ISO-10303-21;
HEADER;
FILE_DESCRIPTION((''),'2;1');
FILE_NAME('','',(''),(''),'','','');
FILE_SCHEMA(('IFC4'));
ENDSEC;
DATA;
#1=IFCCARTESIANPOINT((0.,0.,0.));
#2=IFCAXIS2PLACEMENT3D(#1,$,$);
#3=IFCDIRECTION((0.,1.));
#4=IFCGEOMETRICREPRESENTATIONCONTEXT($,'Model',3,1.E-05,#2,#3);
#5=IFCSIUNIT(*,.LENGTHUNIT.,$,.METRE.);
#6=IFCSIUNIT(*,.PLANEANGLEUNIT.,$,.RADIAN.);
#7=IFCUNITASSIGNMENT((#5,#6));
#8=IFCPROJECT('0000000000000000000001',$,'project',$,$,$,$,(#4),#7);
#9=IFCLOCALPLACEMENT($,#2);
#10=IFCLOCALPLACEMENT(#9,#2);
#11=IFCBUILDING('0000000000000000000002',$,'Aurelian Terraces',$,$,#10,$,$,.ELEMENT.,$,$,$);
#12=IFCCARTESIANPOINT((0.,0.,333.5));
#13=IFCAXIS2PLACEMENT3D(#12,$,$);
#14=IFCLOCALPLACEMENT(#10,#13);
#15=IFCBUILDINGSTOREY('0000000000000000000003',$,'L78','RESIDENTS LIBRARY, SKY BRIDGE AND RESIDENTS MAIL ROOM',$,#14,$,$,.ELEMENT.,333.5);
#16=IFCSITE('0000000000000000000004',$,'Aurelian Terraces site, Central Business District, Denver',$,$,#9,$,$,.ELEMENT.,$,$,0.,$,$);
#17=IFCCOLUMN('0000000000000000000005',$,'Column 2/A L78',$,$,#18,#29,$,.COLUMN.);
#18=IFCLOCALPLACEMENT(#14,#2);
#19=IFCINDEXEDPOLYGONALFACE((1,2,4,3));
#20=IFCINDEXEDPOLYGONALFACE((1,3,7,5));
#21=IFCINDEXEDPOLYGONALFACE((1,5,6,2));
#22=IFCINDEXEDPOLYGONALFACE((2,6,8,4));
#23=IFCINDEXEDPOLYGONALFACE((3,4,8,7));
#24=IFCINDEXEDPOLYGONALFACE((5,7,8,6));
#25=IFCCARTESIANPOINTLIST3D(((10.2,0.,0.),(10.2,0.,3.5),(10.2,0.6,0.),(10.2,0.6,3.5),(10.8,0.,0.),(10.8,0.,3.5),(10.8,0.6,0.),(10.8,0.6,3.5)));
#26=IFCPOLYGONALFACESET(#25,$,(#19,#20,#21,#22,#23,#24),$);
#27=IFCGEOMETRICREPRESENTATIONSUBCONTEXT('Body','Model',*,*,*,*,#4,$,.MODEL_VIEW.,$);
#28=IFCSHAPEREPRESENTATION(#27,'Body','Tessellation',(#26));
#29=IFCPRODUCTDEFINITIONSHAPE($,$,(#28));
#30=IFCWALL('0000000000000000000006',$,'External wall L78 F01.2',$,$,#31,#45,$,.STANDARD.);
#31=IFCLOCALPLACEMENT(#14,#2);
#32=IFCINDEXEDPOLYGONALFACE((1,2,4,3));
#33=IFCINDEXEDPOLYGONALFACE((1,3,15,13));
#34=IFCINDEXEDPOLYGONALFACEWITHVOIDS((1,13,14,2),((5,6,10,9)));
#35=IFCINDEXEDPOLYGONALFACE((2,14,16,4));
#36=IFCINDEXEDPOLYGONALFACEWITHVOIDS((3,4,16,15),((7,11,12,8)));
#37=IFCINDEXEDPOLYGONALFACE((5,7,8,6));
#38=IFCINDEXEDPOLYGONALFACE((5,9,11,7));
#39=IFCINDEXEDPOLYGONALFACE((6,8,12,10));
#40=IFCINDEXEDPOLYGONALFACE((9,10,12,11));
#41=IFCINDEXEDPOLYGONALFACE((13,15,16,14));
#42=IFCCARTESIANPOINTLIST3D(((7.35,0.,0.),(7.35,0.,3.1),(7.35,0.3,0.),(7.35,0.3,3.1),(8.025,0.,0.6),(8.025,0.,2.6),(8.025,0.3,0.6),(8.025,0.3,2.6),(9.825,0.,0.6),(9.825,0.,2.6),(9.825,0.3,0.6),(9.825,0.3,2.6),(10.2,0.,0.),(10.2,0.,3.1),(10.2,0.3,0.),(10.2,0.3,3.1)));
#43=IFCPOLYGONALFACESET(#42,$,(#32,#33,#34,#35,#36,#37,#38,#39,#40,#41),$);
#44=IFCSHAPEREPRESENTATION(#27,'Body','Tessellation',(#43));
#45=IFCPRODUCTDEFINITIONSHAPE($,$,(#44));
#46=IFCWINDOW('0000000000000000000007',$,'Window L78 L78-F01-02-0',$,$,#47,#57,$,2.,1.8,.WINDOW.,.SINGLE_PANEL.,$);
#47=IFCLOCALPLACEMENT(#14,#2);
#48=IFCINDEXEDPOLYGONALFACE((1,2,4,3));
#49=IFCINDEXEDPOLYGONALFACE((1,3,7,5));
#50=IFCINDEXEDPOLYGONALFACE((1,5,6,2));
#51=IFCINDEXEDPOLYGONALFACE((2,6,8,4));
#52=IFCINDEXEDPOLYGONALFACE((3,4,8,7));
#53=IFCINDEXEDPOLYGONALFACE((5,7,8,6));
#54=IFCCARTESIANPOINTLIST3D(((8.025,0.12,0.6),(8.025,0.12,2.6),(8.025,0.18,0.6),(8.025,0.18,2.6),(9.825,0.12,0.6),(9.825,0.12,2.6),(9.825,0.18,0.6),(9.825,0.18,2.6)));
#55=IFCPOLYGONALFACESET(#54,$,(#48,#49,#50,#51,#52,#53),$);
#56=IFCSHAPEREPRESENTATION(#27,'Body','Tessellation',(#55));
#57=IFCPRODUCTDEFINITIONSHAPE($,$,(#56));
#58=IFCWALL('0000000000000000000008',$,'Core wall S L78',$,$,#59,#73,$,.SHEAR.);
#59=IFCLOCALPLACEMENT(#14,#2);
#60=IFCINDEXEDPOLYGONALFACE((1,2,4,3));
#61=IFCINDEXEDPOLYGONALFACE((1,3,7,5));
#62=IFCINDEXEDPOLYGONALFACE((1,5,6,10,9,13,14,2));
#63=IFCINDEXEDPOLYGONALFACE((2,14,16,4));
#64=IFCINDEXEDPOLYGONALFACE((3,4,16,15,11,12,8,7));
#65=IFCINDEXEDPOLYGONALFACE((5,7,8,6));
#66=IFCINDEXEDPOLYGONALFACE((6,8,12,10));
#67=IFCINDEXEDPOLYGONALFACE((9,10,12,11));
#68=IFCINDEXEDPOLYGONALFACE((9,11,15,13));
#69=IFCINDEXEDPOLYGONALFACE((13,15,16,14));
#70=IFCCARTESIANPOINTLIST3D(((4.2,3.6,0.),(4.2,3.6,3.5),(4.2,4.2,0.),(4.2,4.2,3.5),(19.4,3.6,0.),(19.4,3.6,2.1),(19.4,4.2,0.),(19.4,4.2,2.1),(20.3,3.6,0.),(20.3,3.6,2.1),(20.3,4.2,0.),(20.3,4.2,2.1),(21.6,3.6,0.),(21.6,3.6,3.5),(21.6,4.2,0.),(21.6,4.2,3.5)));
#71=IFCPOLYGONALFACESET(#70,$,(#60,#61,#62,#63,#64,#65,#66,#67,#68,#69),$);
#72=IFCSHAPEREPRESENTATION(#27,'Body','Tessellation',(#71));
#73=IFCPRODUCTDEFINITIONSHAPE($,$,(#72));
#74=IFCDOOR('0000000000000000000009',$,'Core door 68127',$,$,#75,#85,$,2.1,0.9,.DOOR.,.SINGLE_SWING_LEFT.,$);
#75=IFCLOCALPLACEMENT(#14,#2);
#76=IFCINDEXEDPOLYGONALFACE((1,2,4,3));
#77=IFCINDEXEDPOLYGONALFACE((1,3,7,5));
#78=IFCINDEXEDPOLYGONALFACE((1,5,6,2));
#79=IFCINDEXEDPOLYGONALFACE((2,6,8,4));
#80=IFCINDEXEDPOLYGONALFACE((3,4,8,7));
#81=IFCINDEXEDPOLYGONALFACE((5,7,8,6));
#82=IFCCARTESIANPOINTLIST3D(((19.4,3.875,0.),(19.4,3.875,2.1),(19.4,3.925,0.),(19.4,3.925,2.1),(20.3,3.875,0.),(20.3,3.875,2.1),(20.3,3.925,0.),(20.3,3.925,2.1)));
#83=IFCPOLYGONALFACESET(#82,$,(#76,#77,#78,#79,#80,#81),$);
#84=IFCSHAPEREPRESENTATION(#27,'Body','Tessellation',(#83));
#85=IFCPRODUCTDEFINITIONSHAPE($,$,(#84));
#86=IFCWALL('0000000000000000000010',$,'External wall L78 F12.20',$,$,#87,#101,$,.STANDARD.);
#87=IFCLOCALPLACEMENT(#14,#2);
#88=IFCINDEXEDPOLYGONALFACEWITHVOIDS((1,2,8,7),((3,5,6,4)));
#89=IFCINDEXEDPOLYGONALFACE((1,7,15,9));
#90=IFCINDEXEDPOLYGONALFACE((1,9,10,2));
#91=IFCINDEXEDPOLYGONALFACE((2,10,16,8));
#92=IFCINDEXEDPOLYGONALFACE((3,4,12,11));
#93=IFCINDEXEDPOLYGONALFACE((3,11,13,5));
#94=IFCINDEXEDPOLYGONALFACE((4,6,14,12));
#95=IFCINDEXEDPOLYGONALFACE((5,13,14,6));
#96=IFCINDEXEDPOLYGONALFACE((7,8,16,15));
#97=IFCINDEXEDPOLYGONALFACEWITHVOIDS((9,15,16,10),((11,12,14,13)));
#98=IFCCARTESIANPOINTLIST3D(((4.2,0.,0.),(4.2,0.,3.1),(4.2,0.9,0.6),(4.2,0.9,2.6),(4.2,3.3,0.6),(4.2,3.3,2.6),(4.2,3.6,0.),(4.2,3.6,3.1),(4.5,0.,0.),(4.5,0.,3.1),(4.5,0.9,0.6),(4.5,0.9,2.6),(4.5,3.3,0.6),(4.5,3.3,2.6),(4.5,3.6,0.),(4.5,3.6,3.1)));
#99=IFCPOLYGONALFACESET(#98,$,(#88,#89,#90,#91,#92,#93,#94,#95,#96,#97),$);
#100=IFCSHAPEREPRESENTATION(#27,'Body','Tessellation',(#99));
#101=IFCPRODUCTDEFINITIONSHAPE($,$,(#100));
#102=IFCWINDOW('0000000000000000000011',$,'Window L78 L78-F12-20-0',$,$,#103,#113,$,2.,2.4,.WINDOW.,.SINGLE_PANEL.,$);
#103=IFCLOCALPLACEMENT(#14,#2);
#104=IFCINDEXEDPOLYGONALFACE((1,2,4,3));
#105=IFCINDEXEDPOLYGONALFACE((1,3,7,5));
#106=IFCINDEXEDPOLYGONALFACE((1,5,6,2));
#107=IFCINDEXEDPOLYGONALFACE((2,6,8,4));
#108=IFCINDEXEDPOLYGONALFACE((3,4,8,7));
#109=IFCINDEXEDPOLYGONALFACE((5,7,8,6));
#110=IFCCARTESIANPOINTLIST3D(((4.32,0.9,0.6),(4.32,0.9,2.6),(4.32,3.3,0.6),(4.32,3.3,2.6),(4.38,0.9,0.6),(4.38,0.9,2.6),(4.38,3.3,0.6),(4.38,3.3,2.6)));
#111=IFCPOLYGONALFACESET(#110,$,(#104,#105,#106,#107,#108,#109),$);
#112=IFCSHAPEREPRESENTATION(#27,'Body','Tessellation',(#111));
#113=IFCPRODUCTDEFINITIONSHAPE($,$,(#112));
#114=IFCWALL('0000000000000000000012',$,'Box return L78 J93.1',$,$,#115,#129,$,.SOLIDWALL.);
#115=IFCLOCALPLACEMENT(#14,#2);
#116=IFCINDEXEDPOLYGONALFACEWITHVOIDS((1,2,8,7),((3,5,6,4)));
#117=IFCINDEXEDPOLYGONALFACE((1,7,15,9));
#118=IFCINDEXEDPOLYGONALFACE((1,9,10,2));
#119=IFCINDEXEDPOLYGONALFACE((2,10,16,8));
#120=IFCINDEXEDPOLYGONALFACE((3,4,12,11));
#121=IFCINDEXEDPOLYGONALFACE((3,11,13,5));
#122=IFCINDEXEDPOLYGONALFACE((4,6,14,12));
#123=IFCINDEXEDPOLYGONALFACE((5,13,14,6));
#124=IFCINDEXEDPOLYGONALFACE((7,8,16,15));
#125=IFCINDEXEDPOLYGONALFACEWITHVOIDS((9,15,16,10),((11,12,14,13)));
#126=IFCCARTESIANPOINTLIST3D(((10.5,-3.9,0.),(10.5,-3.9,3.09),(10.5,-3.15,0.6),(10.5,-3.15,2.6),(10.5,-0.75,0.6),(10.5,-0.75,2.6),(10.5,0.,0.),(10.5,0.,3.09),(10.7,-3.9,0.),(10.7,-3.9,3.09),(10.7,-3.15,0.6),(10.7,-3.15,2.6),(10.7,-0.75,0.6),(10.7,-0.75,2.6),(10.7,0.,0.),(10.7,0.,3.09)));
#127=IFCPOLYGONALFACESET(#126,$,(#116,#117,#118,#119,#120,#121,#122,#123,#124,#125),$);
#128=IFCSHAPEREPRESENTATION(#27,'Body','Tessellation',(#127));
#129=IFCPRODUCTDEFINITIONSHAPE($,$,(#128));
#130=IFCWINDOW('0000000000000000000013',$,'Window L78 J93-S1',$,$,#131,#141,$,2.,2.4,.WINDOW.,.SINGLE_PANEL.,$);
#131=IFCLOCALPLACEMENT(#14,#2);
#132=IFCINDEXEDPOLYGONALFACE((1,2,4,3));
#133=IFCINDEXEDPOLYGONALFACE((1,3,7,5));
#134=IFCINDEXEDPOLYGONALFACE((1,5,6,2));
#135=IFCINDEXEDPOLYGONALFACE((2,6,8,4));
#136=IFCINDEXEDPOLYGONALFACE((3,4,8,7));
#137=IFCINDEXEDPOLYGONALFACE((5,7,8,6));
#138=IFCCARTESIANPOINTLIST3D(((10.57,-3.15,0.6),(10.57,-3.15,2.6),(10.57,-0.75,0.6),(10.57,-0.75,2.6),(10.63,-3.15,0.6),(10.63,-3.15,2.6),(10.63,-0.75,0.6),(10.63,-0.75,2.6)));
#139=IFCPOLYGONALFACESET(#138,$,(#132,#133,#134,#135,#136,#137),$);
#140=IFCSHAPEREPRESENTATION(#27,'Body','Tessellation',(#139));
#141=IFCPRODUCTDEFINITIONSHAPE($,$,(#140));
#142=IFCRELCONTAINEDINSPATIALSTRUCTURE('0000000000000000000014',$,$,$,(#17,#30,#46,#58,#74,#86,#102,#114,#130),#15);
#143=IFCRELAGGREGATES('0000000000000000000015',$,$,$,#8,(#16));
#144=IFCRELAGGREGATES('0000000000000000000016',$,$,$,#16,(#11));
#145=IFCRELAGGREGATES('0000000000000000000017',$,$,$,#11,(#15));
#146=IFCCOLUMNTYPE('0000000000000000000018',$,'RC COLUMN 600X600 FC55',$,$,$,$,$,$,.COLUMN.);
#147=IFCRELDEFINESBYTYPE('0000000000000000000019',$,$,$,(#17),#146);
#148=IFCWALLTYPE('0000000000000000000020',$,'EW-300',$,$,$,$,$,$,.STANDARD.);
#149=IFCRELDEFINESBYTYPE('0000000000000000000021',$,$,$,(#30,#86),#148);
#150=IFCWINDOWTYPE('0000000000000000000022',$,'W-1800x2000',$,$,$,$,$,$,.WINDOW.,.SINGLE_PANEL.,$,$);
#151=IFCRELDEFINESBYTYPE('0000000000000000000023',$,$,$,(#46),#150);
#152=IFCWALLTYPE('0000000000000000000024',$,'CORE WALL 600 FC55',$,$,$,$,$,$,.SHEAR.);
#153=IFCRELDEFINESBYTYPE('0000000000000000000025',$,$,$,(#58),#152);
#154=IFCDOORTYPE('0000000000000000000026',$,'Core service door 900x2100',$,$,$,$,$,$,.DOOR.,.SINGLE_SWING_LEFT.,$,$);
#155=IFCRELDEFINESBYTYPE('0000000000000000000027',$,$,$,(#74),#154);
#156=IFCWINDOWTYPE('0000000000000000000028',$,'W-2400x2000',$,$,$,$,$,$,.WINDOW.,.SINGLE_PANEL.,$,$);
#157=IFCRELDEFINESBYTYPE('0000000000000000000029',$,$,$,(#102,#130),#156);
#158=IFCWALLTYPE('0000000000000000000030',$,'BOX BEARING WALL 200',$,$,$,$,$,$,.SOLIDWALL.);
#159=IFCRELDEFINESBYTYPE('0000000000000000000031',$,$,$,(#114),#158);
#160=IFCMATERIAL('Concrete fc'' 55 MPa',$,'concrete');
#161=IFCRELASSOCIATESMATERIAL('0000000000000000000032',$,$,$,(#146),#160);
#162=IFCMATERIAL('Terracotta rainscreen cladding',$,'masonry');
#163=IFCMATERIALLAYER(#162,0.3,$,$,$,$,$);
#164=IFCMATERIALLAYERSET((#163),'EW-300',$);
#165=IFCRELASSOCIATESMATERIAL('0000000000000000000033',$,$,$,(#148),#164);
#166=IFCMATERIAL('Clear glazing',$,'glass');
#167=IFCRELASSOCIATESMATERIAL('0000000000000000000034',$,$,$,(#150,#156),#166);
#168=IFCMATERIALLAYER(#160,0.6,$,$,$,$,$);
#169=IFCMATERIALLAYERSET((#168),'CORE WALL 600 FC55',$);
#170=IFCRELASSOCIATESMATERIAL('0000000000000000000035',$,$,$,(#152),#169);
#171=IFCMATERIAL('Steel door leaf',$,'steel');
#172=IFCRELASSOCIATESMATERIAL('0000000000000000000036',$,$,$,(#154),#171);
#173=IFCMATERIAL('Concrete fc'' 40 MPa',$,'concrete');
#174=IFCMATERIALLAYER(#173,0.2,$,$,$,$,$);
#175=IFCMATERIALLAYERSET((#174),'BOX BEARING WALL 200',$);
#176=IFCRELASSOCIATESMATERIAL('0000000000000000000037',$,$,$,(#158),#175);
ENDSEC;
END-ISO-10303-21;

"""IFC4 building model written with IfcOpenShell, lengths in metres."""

from ifc_helpers import new_model, si_unit, direction, frame, frame_2d, origin, origin_2d, place, context, subcontext, project, spatial, rectangle, extrude, source, transform, mapped, material, layer, layer_set, material_profile, profile_set, type_object, element, fill, save


model = new_model("IFC4")

# Units and contexts
model_context = context("Model", 3, precision=1e-05, world=origin(), true_north=direction((0.0, 1.0)))
body_context = subcontext(model_context, "Body", "Model", "MODEL_VIEW")
ifc_project = project(units=[si_unit("LENGTHUNIT", "METRE"), si_unit("PLANEANGLEUNIT", "RADIAN")], contexts=[model_context])

# Site, building, storey
site_placement = place(None, origin())
site = spatial("IfcSite", under=ifc_project, at=site_placement, Name="Aurelian Terraces site, Central Business District, Denver", CompositionType="ELEMENT", RefElevation=0.0)
building_placement = place(site_placement, origin())
building = spatial("IfcBuilding", under=site, at=building_placement, Name="Aurelian Terraces", CompositionType="ELEMENT")
storey_placement = place(building_placement, frame((0.0, 0.0, 333.5)))
storey = spatial("IfcBuildingStorey", under=building, at=storey_placement, Name="L78", Description="RESIDENTS LIBRARY, SKY BRIDGE AND RESIDENTS MAIL ROOM", CompositionType="ELEMENT", Elevation=333.5)

# Column
ifc_material_1 = material(Name="Concrete fc' 55 MPa", Category="concrete")
ifc_material_profile = material_profile(ifc_material_1, rectangle(XDim=0.6, YDim=0.6, at=origin_2d()))
ifc_profile_set = profile_set([ifc_material_profile], Name="Concrete fc' 55 MPa")
column_type = type_object("IfcColumnType", Name="RC COLUMN 600X600 FC55", PredefinedType="COLUMN", material=ifc_profile_set)
shared_shape_1 = source(origin(), body_context, "Body", "SweptSolid", [
    extrude(rectangle(XDim=0.6, YDim=0.6, at=origin_2d()), origin(), (0.0, 0.0, 1.0), 3.5),
])
column_placement = place(storey_placement, frame((10.5, 0.3, 0.0), z_axis=(0.0, 0.0, 1.0), x_axis=(1.0, 0.0, 0.0)))
element("IfcColumn", 1, at=column_placement, inside=storey, type_object=column_type, Name="Column 2/A L78", PredefinedType="COLUMN", context=body_context, shape_type="MappedRepresentation", body=[
    mapped(shared_shape_1, transform((0.0, 0.0, 0.0), scale=1.0)),
])

# Wall, opening, window
ifc_material_2 = material(Name="Terracotta rainscreen cladding", Category="masonry")
ifc_layer_1 = layer(ifc_material_2, 0.3)
ifc_layer_set_1 = layer_set([ifc_layer_1], Name="EW-300")
wall_type_1 = type_object("IfcWallType", Name="EW-300", PredefinedType="STANDARD", material=ifc_layer_set_1)
wall_1_placement = place(storey_placement, frame((7.35, 0.15, 0.0), z_axis=(0.0, 0.0, 1.0), x_axis=(1.0, 0.0, 0.0)))
wall_1 = element("IfcWall", 2, at=wall_1_placement, inside=storey, type_object=wall_type_1, Name="External wall L78 F01.2", PredefinedType="STANDARD", context=body_context, shape_type="SweptSolid", body=[
    extrude(rectangle(XDim=2.85, YDim=0.3, at=frame_2d((1.425, 0.0))), origin(), (0.0, 0.0, 1.0), 3.1),
])
shared_shape_2 = source(origin(), body_context, "Body", "SweptSolid", [
    extrude(rectangle(XDim=1.8, YDim=2.0, at=frame_2d((0.9, 1.0))), frame((0.0, 0.16, 0.0), z_axis=(0.0, -1.0, 0.0), x_axis=(1.0, 0.0, 0.0)), (0.0, 0.0, 1.0), 0.32),
])
opening_1_placement = place(wall_1_placement, frame((0.675, 0.0, 0.6)))
opening_1 = element("IfcOpeningElement", 3, at=opening_1_placement, cuts=wall_1, PredefinedType="OPENING", context=body_context, shape_type="MappedRepresentation", body=[
    mapped(shared_shape_2, transform((0.0, 0.0, 0.0), scale=1.0)),
])
ifc_material_3 = material(Name="Clear glazing", Category="glass")
window_type_1 = type_object("IfcWindowType", Name="W-1800x2000", PartitioningType="SINGLE_PANEL", PredefinedType="WINDOW", material=ifc_material_3)
shared_shape_3 = source(origin(), body_context, "Body", "SweptSolid", [
    extrude(rectangle(XDim=1.8, YDim=2.0, at=frame_2d((0.9, 1.0))), frame((0.0, 0.03, 0.0), z_axis=(0.0, -1.0, 0.0), x_axis=(1.0, 0.0, 0.0)), (0.0, 0.0, 1.0), 0.06),
])
window_1_placement = place(opening_1_placement, origin())
window_1 = element("IfcWindow", 4, at=window_1_placement, inside=storey, type_object=window_type_1, Name="Window L78 L78-F01-02-0", OverallHeight=2.0, OverallWidth=1.8, PartitioningType="SINGLE_PANEL", PredefinedType="WINDOW", context=body_context, shape_type="MappedRepresentation", body=[
    mapped(shared_shape_3, transform((0.0, 0.0, 0.0), scale=1.0)),
])
fill(opening_1, window_1)

# Wall, opening, door
ifc_layer_2 = layer(ifc_material_1, 0.6)
ifc_layer_set_2 = layer_set([ifc_layer_2], Name="CORE WALL 600 FC55")
wall_type_2 = type_object("IfcWallType", Name="CORE WALL 600 FC55", PredefinedType="SHEAR", material=ifc_layer_set_2)
shared_shape_4 = source(origin(), body_context, "Body", "SweptSolid", [
    extrude(rectangle(XDim=17.4, YDim=0.6, at=frame_2d((8.7, 0.0))), origin(), (0.0, 0.0, 1.0), 3.5),
])
wall_2_placement = place(storey_placement, frame((4.2, 3.9, 0.0), z_axis=(0.0, 0.0, 1.0), x_axis=(1.0, 0.0, 0.0)))
wall_2 = element("IfcWall", 5, at=wall_2_placement, inside=storey, type_object=wall_type_2, Name="Core wall S L78", PredefinedType="SHEAR", context=body_context, shape_type="MappedRepresentation", body=[
    mapped(shared_shape_4, transform((0.0, 0.0, 0.0), scale=1.0)),
])
shared_shape_5 = source(origin(), body_context, "Body", "SweptSolid", [
    extrude(rectangle(XDim=0.9, YDim=2.1, at=frame_2d((0.45, 1.05))), frame((0.0, 0.31, 0.0), z_axis=(0.0, -1.0, 0.0), x_axis=(1.0, 0.0, 0.0)), (0.0, 0.0, 1.0), 0.62),
])
opening_2_placement = place(wall_2_placement, frame((15.2, 0.0, 0.0)))
opening_2 = element("IfcOpeningElement", 6, at=opening_2_placement, cuts=wall_2, PredefinedType="OPENING", context=body_context, shape_type="MappedRepresentation", body=[
    mapped(shared_shape_5, transform((0.0, 0.0, 0.0), scale=1.0)),
])
ifc_material_4 = material(Name="Steel door leaf", Category="steel")
door_type_1 = type_object("IfcDoorType", Name="Core service door 900x2100", OperationType="SINGLE_SWING_LEFT", PredefinedType="DOOR", material=ifc_material_4)
shared_shape_6 = source(origin(), body_context, "Body", "SweptSolid", [
    extrude(rectangle(XDim=0.9, YDim=2.1, at=frame_2d((0.45, 1.05))), frame((0.0, 0.025, 0.0), z_axis=(0.0, -1.0, 0.0), x_axis=(1.0, 0.0, 0.0)), (0.0, 0.0, 1.0), 0.05),
])
door_1_placement = place(opening_2_placement, origin())
door_1 = element("IfcDoor", 7, at=door_1_placement, inside=storey, type_object=door_type_1, Name="Core door 68127", OperationType="SINGLE_SWING_LEFT", OverallHeight=2.1, OverallWidth=0.9, PredefinedType="DOOR", context=body_context, shape_type="MappedRepresentation", body=[
    mapped(shared_shape_6, transform((0.0, 0.0, 0.0), scale=1.0)),
])
fill(opening_2, door_1)

# Walls, openings, windows
shared_shape_7 = source(origin(), body_context, "Body", "SweptSolid", [
    extrude(rectangle(XDim=3.6, YDim=0.3, at=frame_2d((1.8, 0.0))), origin(), (0.0, 0.0, 1.0), 3.1),
])
wall_3_placement = place(storey_placement, frame((4.35, 3.6, 0.0), z_axis=(0.0, 0.0, 1.0), x_axis=(0.0, -1.0, 0.0)))
wall_3 = element("IfcWall", 8, at=wall_3_placement, inside=storey, type_object=wall_type_1, Name="External wall L78 F12.20", PredefinedType="STANDARD", context=body_context, shape_type="MappedRepresentation", body=[
    mapped(shared_shape_7, transform((0.0, 0.0, 0.0), scale=1.0)),
])
shared_shape_8 = source(origin(), body_context, "Body", "SweptSolid", [
    extrude(rectangle(XDim=2.4, YDim=2.0, at=frame_2d((1.2, 1.0))), frame((0.0, 0.16, 0.0), z_axis=(0.0, -1.0, 0.0), x_axis=(1.0, 0.0, 0.0)), (0.0, 0.0, 1.0), 0.32),
])
opening_3_placement = place(wall_3_placement, frame((0.3, 0.0, 0.6)))
opening_3 = element("IfcOpeningElement", 9, at=opening_3_placement, cuts=wall_3, PredefinedType="OPENING", context=body_context, shape_type="MappedRepresentation", body=[
    mapped(shared_shape_8, transform((0.0, 0.0, 0.0), scale=1.0)),
])
window_type_2 = type_object("IfcWindowType", Name="W-2400x2000", PartitioningType="SINGLE_PANEL", PredefinedType="WINDOW", material=ifc_material_3)
shared_shape_9 = source(origin(), body_context, "Body", "SweptSolid", [
    extrude(rectangle(XDim=2.4, YDim=2.0, at=frame_2d((1.2, 1.0))), frame((0.0, 0.03, 0.0), z_axis=(0.0, -1.0, 0.0), x_axis=(1.0, 0.0, 0.0)), (0.0, 0.0, 1.0), 0.06),
])
window_2_placement = place(opening_3_placement, origin())
window_2 = element("IfcWindow", 10, at=window_2_placement, inside=storey, type_object=window_type_2, Name="Window L78 L78-F12-20-0", OverallHeight=2.0, OverallWidth=2.4, PartitioningType="SINGLE_PANEL", PredefinedType="WINDOW", context=body_context, shape_type="MappedRepresentation", body=[
    mapped(shared_shape_9, transform((0.0, 0.0, 0.0), scale=1.0)),
])
fill(opening_3, window_2)
ifc_material_5 = material(Name="Concrete fc' 40 MPa", Category="concrete")
ifc_layer_3 = layer(ifc_material_5, 0.2)
ifc_layer_set_3 = layer_set([ifc_layer_3], Name="BOX BEARING WALL 200")
wall_type_3 = type_object("IfcWallType", Name="BOX BEARING WALL 200", PredefinedType="SOLIDWALL", material=ifc_layer_set_3)
shared_shape_10 = source(origin(), body_context, "Body", "SweptSolid", [
    extrude(rectangle(XDim=3.9, YDim=0.2, at=frame_2d((1.95, 0.0))), origin(), (0.0, 0.0, 1.0), 3.09),
])
wall_4_placement = place(storey_placement, frame((10.6, 0.0, 0.0), z_axis=(0.0, 0.0, 1.0), x_axis=(0.0, -1.0, 0.0)))
wall_4 = element("IfcWall", 11, at=wall_4_placement, inside=storey, type_object=wall_type_3, Name="Box return L78 J93.1", PredefinedType="SOLIDWALL", context=body_context, shape_type="MappedRepresentation", body=[
    mapped(shared_shape_10, transform((0.0, 0.0, 0.0), scale=1.0)),
])
shared_shape_11 = source(origin(), body_context, "Body", "SweptSolid", [
    extrude(rectangle(XDim=2.4, YDim=2.0, at=frame_2d((1.2, 1.0))), frame((0.0, 0.11, 0.0), z_axis=(0.0, -1.0, 0.0), x_axis=(1.0, 0.0, 0.0)), (0.0, 0.0, 1.0), 0.22),
])
opening_4_placement = place(wall_4_placement, frame((0.75, 0.0, 0.6)))
opening_4 = element("IfcOpeningElement", 12, at=opening_4_placement, cuts=wall_4, PredefinedType="OPENING", context=body_context, shape_type="MappedRepresentation", body=[
    mapped(shared_shape_11, transform((0.0, 0.0, 0.0), scale=1.0)),
])
window_3_placement = place(opening_4_placement, origin())
window_3 = element("IfcWindow", 13, at=window_3_placement, inside=storey, type_object=window_type_2, Name="Window L78 J93-S1", OverallHeight=2.0, OverallWidth=2.4, PartitioningType="SINGLE_PANEL", PredefinedType="WINDOW", context=body_context, shape_type="MappedRepresentation", body=[
    mapped(shared_shape_9, transform((0.0, 0.0, 0.0), scale=1.0)),
])
fill(opening_4, window_3)

save(model, "model.ifc")
